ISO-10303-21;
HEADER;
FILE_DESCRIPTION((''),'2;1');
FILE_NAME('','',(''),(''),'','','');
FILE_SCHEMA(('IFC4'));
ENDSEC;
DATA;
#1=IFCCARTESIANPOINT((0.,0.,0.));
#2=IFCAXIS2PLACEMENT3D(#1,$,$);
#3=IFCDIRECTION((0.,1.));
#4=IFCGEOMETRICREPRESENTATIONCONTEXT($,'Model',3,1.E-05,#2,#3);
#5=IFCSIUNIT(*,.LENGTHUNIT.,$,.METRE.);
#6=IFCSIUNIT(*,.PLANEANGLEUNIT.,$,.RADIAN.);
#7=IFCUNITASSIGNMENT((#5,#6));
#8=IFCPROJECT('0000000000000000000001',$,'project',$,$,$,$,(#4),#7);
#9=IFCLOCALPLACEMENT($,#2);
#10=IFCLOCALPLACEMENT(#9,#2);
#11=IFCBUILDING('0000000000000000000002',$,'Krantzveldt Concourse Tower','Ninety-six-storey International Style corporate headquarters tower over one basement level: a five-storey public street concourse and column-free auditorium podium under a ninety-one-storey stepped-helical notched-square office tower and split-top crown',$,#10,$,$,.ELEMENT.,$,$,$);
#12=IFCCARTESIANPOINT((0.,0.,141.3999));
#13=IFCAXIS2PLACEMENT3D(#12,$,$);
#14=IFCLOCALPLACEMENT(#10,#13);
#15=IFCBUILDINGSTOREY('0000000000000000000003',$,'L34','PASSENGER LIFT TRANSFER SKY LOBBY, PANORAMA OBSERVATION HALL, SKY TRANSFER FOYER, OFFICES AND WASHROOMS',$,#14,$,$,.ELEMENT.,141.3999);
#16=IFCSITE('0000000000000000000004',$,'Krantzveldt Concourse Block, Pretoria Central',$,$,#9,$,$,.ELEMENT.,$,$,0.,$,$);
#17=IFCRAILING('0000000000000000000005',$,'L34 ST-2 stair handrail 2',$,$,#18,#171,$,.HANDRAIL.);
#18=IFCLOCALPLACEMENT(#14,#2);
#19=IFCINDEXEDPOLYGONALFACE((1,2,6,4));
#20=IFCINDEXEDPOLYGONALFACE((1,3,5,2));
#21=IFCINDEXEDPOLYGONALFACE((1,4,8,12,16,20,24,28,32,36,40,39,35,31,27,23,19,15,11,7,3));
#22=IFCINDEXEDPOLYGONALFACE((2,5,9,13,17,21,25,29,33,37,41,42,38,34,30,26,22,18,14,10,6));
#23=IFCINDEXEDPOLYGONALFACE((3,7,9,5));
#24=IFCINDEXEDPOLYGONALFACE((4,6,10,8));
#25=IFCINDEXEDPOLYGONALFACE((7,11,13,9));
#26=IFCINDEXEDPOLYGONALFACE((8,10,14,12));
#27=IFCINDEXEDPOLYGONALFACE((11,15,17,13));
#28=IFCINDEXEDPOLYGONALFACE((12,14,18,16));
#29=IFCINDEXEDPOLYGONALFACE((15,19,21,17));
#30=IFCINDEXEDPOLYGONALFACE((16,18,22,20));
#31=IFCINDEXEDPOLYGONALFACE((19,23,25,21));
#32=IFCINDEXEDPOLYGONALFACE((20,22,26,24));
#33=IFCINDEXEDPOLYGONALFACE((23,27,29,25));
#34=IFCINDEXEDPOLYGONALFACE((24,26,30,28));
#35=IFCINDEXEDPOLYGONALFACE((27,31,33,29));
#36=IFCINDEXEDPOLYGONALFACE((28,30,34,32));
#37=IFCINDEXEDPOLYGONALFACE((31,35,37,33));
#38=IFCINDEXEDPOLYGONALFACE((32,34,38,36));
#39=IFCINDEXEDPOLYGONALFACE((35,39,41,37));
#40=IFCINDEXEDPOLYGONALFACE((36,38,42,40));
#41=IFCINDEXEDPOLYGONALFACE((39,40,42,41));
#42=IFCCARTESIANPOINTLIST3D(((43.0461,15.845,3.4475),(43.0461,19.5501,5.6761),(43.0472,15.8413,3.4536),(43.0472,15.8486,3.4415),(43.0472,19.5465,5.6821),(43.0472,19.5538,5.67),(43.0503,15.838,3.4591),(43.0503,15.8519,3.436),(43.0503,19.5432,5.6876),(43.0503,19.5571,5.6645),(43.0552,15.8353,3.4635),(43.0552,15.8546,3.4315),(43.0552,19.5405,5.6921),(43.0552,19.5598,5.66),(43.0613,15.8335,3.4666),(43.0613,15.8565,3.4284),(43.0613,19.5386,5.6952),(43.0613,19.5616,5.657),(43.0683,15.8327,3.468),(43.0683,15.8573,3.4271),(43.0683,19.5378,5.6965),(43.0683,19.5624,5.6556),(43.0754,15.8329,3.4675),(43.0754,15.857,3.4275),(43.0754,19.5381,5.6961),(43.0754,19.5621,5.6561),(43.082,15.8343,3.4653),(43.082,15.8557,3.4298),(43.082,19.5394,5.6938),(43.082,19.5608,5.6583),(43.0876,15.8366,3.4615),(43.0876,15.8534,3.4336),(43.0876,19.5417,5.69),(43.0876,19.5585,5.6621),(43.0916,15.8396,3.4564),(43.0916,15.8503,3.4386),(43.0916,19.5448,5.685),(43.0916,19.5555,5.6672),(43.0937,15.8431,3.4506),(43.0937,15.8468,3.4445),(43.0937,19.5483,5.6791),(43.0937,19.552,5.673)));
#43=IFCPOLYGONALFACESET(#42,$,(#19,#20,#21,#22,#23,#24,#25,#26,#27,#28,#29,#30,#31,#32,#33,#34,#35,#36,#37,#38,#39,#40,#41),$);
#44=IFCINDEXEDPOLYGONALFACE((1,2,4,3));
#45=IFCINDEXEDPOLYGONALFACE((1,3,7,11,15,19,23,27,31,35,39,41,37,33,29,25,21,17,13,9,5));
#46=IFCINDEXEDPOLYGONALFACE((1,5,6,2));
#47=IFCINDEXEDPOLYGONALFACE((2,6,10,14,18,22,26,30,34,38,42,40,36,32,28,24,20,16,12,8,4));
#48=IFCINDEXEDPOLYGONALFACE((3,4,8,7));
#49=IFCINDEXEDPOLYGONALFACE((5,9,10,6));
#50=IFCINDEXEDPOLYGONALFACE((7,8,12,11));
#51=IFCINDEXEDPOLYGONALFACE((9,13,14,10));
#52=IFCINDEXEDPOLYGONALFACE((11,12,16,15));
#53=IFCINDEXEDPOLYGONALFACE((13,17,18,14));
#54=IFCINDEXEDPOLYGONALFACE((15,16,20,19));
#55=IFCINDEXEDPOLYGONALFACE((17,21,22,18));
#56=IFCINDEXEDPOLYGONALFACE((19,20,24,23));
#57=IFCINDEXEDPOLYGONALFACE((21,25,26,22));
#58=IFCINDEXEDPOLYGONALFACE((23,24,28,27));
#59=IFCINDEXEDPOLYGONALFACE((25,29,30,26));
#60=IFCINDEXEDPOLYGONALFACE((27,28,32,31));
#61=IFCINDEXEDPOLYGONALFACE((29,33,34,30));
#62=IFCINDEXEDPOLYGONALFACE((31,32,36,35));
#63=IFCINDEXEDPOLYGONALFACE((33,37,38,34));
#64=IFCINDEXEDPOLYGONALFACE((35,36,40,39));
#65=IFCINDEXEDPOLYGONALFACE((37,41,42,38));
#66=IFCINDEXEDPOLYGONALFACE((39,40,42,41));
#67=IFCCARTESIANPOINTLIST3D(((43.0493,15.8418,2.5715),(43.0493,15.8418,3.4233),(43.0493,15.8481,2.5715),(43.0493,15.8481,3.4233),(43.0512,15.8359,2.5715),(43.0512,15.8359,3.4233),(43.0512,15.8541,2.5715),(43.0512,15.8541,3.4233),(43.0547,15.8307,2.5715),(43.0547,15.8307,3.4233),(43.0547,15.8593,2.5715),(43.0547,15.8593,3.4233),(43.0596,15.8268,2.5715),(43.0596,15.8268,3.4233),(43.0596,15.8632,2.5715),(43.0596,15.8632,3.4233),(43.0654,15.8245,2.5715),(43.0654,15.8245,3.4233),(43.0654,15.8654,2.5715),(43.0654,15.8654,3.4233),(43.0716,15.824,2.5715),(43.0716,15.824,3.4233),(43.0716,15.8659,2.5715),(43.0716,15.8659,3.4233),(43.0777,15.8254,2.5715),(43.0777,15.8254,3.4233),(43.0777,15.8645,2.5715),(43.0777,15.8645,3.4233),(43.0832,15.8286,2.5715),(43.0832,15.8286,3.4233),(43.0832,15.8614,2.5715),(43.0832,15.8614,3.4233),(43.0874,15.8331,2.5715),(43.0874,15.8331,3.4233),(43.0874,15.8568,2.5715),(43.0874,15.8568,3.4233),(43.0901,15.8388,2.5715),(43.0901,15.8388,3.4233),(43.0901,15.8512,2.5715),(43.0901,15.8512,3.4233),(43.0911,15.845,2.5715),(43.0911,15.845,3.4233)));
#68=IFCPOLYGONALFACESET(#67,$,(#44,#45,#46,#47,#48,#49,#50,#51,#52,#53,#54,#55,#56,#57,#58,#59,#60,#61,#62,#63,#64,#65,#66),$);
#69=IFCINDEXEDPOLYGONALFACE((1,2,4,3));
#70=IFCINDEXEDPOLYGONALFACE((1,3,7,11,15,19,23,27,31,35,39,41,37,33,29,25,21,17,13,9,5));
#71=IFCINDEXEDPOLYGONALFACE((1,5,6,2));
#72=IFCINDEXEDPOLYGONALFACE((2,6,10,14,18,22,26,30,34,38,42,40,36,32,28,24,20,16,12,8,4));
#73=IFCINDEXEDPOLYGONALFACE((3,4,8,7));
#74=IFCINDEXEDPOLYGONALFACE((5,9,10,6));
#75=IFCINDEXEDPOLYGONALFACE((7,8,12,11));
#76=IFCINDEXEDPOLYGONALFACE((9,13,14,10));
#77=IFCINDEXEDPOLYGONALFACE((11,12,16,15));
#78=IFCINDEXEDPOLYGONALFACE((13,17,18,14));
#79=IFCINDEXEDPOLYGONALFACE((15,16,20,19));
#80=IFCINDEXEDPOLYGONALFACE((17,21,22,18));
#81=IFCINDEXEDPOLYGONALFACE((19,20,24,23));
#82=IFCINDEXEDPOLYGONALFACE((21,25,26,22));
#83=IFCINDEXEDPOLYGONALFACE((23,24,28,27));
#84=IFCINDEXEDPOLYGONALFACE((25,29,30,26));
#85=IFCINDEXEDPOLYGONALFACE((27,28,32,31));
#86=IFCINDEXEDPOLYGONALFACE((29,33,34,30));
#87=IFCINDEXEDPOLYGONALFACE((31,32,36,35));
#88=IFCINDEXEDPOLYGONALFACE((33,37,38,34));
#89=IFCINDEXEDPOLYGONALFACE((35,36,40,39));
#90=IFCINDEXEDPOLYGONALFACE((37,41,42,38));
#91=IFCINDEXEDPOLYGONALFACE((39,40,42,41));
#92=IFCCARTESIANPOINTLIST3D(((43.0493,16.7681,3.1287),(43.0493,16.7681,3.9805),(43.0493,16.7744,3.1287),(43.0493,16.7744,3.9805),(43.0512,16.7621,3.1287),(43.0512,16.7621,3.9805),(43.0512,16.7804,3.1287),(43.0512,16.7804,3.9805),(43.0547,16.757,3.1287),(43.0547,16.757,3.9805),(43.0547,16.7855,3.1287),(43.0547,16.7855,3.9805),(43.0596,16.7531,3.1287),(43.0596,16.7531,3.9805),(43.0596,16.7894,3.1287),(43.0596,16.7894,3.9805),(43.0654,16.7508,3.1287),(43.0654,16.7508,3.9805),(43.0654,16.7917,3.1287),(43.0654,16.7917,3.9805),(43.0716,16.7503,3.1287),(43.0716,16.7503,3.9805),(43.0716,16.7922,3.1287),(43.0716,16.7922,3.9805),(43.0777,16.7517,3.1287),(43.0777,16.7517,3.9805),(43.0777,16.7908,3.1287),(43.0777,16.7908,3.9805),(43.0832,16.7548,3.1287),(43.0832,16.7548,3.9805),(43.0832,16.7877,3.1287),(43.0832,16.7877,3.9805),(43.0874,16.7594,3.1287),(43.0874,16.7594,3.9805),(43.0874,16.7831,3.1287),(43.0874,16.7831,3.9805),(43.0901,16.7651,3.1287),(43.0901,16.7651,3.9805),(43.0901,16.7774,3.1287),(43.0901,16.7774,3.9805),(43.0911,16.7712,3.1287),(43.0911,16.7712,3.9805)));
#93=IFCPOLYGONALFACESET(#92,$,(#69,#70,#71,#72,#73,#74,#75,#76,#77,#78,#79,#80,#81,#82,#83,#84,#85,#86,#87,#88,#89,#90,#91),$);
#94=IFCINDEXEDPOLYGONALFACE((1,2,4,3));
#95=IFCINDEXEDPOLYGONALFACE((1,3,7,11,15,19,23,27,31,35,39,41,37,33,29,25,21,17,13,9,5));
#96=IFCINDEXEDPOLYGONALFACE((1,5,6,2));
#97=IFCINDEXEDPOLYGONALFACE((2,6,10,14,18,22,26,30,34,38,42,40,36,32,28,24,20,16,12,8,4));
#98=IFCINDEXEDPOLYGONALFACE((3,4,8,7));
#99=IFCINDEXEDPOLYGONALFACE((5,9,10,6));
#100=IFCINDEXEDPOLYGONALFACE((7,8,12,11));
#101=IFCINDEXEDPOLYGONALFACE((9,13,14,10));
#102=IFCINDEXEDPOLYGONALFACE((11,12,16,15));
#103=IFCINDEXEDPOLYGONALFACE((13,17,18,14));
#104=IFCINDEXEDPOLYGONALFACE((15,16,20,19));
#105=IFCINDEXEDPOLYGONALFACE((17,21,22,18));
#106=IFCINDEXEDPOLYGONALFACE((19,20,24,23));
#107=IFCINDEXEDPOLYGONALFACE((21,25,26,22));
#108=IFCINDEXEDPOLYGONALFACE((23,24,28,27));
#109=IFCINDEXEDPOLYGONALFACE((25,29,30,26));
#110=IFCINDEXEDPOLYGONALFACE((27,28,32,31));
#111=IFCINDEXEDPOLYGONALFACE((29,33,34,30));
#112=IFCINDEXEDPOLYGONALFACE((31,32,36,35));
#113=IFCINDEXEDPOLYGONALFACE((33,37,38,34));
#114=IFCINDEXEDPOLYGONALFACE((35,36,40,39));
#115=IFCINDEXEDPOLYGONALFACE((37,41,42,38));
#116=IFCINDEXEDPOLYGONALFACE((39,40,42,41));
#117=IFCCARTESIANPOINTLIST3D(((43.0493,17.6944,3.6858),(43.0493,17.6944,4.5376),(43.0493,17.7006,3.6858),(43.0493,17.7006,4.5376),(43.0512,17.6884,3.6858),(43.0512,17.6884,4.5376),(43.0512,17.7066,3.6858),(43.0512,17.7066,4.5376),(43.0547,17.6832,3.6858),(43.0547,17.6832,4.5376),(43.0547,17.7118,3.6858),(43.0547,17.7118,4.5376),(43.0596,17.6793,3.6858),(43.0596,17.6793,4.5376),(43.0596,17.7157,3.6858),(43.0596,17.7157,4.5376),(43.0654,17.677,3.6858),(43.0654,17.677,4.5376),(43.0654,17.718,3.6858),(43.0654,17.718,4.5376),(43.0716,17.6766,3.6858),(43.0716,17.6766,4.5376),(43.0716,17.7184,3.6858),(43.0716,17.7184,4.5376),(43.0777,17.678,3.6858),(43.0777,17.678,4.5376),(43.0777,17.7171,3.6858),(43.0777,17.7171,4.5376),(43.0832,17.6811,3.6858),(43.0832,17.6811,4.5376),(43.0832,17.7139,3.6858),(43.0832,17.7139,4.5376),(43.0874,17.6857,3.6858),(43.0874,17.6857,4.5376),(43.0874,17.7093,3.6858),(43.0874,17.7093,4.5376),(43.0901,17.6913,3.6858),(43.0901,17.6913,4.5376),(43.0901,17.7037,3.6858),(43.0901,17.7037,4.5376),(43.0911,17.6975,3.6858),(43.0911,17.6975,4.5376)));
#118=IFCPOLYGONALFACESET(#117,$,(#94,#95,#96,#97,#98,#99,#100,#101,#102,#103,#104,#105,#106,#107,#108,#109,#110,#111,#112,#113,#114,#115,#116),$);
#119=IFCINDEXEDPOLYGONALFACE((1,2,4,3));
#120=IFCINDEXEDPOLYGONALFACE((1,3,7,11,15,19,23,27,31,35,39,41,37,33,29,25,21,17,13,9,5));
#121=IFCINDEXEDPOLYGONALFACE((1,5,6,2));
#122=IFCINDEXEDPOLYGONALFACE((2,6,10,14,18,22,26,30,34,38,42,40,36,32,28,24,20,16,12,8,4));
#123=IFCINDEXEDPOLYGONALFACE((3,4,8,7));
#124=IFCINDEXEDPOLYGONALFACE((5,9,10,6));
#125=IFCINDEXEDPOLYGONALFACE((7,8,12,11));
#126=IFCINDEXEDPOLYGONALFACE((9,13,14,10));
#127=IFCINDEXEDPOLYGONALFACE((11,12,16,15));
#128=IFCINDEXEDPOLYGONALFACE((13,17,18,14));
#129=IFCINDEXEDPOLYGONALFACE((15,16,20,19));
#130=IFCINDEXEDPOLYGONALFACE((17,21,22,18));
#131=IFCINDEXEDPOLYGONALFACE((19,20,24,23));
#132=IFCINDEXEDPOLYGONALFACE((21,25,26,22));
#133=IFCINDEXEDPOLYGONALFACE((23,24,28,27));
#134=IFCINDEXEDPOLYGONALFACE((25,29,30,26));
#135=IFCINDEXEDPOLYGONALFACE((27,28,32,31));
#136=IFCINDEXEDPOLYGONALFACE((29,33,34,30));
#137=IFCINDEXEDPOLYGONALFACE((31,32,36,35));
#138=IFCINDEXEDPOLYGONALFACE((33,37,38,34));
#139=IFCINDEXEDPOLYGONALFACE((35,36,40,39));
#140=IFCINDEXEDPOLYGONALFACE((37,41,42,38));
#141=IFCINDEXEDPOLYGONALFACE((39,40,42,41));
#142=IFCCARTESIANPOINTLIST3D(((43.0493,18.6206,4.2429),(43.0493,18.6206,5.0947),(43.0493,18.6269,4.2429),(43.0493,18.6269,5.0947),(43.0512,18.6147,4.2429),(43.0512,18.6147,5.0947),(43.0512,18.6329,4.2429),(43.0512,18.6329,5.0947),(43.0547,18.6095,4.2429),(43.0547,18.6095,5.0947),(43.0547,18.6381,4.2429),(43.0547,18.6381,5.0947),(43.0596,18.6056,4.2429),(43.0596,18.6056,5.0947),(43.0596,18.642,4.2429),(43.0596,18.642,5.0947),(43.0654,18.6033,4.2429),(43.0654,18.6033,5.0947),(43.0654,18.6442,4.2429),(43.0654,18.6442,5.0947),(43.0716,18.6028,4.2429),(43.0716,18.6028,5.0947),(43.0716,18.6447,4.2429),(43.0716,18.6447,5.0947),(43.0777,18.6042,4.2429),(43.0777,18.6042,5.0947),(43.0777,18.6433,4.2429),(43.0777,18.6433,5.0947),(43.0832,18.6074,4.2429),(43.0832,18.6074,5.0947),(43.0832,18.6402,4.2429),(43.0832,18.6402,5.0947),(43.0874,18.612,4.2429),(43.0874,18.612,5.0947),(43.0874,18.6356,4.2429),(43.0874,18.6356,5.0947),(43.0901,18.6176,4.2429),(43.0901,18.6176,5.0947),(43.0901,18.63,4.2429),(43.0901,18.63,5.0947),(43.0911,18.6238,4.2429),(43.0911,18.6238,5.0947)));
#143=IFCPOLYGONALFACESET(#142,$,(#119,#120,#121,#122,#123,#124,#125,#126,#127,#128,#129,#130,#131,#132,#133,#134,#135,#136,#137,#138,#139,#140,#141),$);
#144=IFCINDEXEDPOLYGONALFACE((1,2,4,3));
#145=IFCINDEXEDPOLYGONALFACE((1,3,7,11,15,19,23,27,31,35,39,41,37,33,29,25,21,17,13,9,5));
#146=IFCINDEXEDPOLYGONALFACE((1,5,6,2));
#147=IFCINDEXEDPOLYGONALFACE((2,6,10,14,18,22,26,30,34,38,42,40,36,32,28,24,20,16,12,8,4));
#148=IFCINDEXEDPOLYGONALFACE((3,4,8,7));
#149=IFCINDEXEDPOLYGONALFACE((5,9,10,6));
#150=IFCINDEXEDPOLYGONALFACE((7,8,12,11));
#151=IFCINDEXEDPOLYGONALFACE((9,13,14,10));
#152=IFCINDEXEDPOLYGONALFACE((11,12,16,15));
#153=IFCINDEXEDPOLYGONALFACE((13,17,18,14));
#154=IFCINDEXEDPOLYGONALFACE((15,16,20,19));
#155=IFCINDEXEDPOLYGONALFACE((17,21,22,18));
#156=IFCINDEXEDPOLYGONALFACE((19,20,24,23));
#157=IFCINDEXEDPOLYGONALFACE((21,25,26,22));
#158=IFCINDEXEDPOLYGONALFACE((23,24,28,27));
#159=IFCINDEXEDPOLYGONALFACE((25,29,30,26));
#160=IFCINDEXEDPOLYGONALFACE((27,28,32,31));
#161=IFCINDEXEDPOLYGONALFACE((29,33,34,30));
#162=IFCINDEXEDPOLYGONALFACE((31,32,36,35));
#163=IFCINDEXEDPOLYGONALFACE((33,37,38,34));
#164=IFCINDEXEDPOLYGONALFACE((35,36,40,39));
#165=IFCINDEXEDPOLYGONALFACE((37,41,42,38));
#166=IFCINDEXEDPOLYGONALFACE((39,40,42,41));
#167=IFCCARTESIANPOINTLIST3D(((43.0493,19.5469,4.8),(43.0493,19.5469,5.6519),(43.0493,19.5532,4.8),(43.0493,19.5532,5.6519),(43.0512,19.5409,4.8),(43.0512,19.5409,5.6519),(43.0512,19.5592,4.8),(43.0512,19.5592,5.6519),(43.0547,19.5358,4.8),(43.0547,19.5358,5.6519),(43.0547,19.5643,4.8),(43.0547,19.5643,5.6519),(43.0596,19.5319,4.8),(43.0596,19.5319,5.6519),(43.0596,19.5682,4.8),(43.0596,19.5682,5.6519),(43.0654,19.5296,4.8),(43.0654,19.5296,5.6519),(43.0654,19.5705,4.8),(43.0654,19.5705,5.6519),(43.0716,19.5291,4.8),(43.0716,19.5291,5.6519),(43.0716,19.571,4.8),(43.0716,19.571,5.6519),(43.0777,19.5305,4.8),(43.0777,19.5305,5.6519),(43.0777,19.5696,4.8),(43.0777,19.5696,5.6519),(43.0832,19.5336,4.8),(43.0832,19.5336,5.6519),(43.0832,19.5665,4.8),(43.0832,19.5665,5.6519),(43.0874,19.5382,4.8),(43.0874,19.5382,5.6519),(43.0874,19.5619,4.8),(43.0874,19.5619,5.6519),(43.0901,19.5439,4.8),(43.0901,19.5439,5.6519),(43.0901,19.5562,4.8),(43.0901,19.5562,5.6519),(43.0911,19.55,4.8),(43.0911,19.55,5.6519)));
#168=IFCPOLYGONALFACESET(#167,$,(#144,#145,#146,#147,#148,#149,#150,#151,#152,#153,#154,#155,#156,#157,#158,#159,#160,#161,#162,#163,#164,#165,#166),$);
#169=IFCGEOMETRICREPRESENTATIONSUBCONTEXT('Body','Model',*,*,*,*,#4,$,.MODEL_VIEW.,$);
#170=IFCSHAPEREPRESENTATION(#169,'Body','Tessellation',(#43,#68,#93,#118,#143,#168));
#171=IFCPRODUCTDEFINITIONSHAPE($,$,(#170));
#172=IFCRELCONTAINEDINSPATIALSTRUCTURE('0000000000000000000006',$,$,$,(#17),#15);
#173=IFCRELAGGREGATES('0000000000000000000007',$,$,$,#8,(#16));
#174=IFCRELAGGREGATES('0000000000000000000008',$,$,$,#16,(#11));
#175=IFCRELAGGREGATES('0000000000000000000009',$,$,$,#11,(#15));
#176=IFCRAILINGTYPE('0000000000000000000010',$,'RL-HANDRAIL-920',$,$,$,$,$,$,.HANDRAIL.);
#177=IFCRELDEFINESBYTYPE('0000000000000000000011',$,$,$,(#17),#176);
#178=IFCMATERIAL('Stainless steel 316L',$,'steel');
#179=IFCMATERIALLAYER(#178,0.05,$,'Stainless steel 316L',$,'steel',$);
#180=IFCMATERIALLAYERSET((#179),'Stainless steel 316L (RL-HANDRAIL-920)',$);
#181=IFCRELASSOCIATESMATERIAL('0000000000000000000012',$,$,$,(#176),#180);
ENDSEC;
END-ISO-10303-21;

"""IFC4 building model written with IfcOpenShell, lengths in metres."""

from ifc_helpers import new_model, si_unit, direction, frame, origin, origin_2d, place, context, subcontext, project, spatial, circle, extrude, material, layer, layer_set, type_object, element, save


model = new_model("IFC4")

# Units and contexts
model_context = context("Model", 3, precision=1e-05, world=origin(), true_north=direction((0.0, 1.0)))
body_context = subcontext(model_context, "Body", "Model", "MODEL_VIEW")
ifc_project = project(units=[si_unit("LENGTHUNIT", "METRE"), si_unit("PLANEANGLEUNIT", "RADIAN")], contexts=[model_context])

# Site, building, storey
site_placement = place(None, origin())
site = spatial("IfcSite", under=ifc_project, at=site_placement, Name="Krantzveldt Concourse Block, Pretoria Central", CompositionType="ELEMENT", RefElevation=0.0)
building_placement = place(site_placement, origin())
building = spatial("IfcBuilding", under=site, at=building_placement, Name="Krantzveldt Concourse Tower", Description="Ninety-six-storey International Style corporate headquarters tower over one basement level: a five-storey public street concourse and column-free auditorium podium under a ninety-one-storey stepped-helical notched-square office tower and split-top crown", CompositionType="ELEMENT")
storey_placement = place(building_placement, frame((0.0, 0.0, 141.3999)))
storey = spatial("IfcBuildingStorey", under=building, at=storey_placement, Name="L34", Description="PASSENGER LIFT TRANSFER SKY LOBBY, PANORAMA OBSERVATION HALL, SKY TRANSFER FOYER, OFFICES AND WASHROOMS", CompositionType="ELEMENT", Elevation=141.3999)

# Shared definitions
ifc_material_1 = material(Name="Stainless steel 316L", Category="steel")

# Railing
ifc_layer_1 = layer(ifc_material_1, 0.05, Name="Stainless steel 316L", Category="steel")
ifc_layer_set_1 = layer_set([ifc_layer_1], Name="Stainless steel 316L (RL-HANDRAIL-920)")
railing_type_1 = type_object("IfcRailingType", Name="RL-HANDRAIL-920", PredefinedType="HANDRAIL", material=ifc_layer_set_1)
railing_1_placement = place(storey_placement, frame((43.0701, 15.845, 2.5715)))
element("IfcRailing", 1, at=railing_1_placement, inside=storey, type_object=railing_type_1, Name="L34 ST-2 stair handrail 2", PredefinedType="HANDRAIL", context=body_context, shape_type="SweptSolid", body=[
    extrude(circle(Radius=0.0239, at=origin_2d()), frame((0.0, 0.0, 0.876), z_axis=(0.0, 0.856934, 0.515425), x_axis=(-1.0, 0.0, 0.0)), (0.0, 0.0, 1.0), 4.3237),
    extrude(circle(Radius=0.021, at=origin_2d()), origin(), (0.0, 0.0, 1.0), 0.8518),
    extrude(circle(Radius=0.021, at=origin_2d()), frame((0.0, 0.9263, 0.5571)), (0.0, 0.0, 1.0), 0.8518),
    extrude(circle(Radius=0.021, at=origin_2d()), frame((0.0, 1.8525, 1.1143)), (0.0, 0.0, 1.0), 0.8518),
    extrude(circle(Radius=0.021, at=origin_2d()), frame((0.0, 2.7788, 1.6714)), (0.0, 0.0, 1.0), 0.8518),
    extrude(circle(Radius=0.021, at=origin_2d()), frame((0.0, 3.7051, 2.2285)), (0.0, 0.0, 1.0), 0.8518),
])

save(model, "model.ifc")
